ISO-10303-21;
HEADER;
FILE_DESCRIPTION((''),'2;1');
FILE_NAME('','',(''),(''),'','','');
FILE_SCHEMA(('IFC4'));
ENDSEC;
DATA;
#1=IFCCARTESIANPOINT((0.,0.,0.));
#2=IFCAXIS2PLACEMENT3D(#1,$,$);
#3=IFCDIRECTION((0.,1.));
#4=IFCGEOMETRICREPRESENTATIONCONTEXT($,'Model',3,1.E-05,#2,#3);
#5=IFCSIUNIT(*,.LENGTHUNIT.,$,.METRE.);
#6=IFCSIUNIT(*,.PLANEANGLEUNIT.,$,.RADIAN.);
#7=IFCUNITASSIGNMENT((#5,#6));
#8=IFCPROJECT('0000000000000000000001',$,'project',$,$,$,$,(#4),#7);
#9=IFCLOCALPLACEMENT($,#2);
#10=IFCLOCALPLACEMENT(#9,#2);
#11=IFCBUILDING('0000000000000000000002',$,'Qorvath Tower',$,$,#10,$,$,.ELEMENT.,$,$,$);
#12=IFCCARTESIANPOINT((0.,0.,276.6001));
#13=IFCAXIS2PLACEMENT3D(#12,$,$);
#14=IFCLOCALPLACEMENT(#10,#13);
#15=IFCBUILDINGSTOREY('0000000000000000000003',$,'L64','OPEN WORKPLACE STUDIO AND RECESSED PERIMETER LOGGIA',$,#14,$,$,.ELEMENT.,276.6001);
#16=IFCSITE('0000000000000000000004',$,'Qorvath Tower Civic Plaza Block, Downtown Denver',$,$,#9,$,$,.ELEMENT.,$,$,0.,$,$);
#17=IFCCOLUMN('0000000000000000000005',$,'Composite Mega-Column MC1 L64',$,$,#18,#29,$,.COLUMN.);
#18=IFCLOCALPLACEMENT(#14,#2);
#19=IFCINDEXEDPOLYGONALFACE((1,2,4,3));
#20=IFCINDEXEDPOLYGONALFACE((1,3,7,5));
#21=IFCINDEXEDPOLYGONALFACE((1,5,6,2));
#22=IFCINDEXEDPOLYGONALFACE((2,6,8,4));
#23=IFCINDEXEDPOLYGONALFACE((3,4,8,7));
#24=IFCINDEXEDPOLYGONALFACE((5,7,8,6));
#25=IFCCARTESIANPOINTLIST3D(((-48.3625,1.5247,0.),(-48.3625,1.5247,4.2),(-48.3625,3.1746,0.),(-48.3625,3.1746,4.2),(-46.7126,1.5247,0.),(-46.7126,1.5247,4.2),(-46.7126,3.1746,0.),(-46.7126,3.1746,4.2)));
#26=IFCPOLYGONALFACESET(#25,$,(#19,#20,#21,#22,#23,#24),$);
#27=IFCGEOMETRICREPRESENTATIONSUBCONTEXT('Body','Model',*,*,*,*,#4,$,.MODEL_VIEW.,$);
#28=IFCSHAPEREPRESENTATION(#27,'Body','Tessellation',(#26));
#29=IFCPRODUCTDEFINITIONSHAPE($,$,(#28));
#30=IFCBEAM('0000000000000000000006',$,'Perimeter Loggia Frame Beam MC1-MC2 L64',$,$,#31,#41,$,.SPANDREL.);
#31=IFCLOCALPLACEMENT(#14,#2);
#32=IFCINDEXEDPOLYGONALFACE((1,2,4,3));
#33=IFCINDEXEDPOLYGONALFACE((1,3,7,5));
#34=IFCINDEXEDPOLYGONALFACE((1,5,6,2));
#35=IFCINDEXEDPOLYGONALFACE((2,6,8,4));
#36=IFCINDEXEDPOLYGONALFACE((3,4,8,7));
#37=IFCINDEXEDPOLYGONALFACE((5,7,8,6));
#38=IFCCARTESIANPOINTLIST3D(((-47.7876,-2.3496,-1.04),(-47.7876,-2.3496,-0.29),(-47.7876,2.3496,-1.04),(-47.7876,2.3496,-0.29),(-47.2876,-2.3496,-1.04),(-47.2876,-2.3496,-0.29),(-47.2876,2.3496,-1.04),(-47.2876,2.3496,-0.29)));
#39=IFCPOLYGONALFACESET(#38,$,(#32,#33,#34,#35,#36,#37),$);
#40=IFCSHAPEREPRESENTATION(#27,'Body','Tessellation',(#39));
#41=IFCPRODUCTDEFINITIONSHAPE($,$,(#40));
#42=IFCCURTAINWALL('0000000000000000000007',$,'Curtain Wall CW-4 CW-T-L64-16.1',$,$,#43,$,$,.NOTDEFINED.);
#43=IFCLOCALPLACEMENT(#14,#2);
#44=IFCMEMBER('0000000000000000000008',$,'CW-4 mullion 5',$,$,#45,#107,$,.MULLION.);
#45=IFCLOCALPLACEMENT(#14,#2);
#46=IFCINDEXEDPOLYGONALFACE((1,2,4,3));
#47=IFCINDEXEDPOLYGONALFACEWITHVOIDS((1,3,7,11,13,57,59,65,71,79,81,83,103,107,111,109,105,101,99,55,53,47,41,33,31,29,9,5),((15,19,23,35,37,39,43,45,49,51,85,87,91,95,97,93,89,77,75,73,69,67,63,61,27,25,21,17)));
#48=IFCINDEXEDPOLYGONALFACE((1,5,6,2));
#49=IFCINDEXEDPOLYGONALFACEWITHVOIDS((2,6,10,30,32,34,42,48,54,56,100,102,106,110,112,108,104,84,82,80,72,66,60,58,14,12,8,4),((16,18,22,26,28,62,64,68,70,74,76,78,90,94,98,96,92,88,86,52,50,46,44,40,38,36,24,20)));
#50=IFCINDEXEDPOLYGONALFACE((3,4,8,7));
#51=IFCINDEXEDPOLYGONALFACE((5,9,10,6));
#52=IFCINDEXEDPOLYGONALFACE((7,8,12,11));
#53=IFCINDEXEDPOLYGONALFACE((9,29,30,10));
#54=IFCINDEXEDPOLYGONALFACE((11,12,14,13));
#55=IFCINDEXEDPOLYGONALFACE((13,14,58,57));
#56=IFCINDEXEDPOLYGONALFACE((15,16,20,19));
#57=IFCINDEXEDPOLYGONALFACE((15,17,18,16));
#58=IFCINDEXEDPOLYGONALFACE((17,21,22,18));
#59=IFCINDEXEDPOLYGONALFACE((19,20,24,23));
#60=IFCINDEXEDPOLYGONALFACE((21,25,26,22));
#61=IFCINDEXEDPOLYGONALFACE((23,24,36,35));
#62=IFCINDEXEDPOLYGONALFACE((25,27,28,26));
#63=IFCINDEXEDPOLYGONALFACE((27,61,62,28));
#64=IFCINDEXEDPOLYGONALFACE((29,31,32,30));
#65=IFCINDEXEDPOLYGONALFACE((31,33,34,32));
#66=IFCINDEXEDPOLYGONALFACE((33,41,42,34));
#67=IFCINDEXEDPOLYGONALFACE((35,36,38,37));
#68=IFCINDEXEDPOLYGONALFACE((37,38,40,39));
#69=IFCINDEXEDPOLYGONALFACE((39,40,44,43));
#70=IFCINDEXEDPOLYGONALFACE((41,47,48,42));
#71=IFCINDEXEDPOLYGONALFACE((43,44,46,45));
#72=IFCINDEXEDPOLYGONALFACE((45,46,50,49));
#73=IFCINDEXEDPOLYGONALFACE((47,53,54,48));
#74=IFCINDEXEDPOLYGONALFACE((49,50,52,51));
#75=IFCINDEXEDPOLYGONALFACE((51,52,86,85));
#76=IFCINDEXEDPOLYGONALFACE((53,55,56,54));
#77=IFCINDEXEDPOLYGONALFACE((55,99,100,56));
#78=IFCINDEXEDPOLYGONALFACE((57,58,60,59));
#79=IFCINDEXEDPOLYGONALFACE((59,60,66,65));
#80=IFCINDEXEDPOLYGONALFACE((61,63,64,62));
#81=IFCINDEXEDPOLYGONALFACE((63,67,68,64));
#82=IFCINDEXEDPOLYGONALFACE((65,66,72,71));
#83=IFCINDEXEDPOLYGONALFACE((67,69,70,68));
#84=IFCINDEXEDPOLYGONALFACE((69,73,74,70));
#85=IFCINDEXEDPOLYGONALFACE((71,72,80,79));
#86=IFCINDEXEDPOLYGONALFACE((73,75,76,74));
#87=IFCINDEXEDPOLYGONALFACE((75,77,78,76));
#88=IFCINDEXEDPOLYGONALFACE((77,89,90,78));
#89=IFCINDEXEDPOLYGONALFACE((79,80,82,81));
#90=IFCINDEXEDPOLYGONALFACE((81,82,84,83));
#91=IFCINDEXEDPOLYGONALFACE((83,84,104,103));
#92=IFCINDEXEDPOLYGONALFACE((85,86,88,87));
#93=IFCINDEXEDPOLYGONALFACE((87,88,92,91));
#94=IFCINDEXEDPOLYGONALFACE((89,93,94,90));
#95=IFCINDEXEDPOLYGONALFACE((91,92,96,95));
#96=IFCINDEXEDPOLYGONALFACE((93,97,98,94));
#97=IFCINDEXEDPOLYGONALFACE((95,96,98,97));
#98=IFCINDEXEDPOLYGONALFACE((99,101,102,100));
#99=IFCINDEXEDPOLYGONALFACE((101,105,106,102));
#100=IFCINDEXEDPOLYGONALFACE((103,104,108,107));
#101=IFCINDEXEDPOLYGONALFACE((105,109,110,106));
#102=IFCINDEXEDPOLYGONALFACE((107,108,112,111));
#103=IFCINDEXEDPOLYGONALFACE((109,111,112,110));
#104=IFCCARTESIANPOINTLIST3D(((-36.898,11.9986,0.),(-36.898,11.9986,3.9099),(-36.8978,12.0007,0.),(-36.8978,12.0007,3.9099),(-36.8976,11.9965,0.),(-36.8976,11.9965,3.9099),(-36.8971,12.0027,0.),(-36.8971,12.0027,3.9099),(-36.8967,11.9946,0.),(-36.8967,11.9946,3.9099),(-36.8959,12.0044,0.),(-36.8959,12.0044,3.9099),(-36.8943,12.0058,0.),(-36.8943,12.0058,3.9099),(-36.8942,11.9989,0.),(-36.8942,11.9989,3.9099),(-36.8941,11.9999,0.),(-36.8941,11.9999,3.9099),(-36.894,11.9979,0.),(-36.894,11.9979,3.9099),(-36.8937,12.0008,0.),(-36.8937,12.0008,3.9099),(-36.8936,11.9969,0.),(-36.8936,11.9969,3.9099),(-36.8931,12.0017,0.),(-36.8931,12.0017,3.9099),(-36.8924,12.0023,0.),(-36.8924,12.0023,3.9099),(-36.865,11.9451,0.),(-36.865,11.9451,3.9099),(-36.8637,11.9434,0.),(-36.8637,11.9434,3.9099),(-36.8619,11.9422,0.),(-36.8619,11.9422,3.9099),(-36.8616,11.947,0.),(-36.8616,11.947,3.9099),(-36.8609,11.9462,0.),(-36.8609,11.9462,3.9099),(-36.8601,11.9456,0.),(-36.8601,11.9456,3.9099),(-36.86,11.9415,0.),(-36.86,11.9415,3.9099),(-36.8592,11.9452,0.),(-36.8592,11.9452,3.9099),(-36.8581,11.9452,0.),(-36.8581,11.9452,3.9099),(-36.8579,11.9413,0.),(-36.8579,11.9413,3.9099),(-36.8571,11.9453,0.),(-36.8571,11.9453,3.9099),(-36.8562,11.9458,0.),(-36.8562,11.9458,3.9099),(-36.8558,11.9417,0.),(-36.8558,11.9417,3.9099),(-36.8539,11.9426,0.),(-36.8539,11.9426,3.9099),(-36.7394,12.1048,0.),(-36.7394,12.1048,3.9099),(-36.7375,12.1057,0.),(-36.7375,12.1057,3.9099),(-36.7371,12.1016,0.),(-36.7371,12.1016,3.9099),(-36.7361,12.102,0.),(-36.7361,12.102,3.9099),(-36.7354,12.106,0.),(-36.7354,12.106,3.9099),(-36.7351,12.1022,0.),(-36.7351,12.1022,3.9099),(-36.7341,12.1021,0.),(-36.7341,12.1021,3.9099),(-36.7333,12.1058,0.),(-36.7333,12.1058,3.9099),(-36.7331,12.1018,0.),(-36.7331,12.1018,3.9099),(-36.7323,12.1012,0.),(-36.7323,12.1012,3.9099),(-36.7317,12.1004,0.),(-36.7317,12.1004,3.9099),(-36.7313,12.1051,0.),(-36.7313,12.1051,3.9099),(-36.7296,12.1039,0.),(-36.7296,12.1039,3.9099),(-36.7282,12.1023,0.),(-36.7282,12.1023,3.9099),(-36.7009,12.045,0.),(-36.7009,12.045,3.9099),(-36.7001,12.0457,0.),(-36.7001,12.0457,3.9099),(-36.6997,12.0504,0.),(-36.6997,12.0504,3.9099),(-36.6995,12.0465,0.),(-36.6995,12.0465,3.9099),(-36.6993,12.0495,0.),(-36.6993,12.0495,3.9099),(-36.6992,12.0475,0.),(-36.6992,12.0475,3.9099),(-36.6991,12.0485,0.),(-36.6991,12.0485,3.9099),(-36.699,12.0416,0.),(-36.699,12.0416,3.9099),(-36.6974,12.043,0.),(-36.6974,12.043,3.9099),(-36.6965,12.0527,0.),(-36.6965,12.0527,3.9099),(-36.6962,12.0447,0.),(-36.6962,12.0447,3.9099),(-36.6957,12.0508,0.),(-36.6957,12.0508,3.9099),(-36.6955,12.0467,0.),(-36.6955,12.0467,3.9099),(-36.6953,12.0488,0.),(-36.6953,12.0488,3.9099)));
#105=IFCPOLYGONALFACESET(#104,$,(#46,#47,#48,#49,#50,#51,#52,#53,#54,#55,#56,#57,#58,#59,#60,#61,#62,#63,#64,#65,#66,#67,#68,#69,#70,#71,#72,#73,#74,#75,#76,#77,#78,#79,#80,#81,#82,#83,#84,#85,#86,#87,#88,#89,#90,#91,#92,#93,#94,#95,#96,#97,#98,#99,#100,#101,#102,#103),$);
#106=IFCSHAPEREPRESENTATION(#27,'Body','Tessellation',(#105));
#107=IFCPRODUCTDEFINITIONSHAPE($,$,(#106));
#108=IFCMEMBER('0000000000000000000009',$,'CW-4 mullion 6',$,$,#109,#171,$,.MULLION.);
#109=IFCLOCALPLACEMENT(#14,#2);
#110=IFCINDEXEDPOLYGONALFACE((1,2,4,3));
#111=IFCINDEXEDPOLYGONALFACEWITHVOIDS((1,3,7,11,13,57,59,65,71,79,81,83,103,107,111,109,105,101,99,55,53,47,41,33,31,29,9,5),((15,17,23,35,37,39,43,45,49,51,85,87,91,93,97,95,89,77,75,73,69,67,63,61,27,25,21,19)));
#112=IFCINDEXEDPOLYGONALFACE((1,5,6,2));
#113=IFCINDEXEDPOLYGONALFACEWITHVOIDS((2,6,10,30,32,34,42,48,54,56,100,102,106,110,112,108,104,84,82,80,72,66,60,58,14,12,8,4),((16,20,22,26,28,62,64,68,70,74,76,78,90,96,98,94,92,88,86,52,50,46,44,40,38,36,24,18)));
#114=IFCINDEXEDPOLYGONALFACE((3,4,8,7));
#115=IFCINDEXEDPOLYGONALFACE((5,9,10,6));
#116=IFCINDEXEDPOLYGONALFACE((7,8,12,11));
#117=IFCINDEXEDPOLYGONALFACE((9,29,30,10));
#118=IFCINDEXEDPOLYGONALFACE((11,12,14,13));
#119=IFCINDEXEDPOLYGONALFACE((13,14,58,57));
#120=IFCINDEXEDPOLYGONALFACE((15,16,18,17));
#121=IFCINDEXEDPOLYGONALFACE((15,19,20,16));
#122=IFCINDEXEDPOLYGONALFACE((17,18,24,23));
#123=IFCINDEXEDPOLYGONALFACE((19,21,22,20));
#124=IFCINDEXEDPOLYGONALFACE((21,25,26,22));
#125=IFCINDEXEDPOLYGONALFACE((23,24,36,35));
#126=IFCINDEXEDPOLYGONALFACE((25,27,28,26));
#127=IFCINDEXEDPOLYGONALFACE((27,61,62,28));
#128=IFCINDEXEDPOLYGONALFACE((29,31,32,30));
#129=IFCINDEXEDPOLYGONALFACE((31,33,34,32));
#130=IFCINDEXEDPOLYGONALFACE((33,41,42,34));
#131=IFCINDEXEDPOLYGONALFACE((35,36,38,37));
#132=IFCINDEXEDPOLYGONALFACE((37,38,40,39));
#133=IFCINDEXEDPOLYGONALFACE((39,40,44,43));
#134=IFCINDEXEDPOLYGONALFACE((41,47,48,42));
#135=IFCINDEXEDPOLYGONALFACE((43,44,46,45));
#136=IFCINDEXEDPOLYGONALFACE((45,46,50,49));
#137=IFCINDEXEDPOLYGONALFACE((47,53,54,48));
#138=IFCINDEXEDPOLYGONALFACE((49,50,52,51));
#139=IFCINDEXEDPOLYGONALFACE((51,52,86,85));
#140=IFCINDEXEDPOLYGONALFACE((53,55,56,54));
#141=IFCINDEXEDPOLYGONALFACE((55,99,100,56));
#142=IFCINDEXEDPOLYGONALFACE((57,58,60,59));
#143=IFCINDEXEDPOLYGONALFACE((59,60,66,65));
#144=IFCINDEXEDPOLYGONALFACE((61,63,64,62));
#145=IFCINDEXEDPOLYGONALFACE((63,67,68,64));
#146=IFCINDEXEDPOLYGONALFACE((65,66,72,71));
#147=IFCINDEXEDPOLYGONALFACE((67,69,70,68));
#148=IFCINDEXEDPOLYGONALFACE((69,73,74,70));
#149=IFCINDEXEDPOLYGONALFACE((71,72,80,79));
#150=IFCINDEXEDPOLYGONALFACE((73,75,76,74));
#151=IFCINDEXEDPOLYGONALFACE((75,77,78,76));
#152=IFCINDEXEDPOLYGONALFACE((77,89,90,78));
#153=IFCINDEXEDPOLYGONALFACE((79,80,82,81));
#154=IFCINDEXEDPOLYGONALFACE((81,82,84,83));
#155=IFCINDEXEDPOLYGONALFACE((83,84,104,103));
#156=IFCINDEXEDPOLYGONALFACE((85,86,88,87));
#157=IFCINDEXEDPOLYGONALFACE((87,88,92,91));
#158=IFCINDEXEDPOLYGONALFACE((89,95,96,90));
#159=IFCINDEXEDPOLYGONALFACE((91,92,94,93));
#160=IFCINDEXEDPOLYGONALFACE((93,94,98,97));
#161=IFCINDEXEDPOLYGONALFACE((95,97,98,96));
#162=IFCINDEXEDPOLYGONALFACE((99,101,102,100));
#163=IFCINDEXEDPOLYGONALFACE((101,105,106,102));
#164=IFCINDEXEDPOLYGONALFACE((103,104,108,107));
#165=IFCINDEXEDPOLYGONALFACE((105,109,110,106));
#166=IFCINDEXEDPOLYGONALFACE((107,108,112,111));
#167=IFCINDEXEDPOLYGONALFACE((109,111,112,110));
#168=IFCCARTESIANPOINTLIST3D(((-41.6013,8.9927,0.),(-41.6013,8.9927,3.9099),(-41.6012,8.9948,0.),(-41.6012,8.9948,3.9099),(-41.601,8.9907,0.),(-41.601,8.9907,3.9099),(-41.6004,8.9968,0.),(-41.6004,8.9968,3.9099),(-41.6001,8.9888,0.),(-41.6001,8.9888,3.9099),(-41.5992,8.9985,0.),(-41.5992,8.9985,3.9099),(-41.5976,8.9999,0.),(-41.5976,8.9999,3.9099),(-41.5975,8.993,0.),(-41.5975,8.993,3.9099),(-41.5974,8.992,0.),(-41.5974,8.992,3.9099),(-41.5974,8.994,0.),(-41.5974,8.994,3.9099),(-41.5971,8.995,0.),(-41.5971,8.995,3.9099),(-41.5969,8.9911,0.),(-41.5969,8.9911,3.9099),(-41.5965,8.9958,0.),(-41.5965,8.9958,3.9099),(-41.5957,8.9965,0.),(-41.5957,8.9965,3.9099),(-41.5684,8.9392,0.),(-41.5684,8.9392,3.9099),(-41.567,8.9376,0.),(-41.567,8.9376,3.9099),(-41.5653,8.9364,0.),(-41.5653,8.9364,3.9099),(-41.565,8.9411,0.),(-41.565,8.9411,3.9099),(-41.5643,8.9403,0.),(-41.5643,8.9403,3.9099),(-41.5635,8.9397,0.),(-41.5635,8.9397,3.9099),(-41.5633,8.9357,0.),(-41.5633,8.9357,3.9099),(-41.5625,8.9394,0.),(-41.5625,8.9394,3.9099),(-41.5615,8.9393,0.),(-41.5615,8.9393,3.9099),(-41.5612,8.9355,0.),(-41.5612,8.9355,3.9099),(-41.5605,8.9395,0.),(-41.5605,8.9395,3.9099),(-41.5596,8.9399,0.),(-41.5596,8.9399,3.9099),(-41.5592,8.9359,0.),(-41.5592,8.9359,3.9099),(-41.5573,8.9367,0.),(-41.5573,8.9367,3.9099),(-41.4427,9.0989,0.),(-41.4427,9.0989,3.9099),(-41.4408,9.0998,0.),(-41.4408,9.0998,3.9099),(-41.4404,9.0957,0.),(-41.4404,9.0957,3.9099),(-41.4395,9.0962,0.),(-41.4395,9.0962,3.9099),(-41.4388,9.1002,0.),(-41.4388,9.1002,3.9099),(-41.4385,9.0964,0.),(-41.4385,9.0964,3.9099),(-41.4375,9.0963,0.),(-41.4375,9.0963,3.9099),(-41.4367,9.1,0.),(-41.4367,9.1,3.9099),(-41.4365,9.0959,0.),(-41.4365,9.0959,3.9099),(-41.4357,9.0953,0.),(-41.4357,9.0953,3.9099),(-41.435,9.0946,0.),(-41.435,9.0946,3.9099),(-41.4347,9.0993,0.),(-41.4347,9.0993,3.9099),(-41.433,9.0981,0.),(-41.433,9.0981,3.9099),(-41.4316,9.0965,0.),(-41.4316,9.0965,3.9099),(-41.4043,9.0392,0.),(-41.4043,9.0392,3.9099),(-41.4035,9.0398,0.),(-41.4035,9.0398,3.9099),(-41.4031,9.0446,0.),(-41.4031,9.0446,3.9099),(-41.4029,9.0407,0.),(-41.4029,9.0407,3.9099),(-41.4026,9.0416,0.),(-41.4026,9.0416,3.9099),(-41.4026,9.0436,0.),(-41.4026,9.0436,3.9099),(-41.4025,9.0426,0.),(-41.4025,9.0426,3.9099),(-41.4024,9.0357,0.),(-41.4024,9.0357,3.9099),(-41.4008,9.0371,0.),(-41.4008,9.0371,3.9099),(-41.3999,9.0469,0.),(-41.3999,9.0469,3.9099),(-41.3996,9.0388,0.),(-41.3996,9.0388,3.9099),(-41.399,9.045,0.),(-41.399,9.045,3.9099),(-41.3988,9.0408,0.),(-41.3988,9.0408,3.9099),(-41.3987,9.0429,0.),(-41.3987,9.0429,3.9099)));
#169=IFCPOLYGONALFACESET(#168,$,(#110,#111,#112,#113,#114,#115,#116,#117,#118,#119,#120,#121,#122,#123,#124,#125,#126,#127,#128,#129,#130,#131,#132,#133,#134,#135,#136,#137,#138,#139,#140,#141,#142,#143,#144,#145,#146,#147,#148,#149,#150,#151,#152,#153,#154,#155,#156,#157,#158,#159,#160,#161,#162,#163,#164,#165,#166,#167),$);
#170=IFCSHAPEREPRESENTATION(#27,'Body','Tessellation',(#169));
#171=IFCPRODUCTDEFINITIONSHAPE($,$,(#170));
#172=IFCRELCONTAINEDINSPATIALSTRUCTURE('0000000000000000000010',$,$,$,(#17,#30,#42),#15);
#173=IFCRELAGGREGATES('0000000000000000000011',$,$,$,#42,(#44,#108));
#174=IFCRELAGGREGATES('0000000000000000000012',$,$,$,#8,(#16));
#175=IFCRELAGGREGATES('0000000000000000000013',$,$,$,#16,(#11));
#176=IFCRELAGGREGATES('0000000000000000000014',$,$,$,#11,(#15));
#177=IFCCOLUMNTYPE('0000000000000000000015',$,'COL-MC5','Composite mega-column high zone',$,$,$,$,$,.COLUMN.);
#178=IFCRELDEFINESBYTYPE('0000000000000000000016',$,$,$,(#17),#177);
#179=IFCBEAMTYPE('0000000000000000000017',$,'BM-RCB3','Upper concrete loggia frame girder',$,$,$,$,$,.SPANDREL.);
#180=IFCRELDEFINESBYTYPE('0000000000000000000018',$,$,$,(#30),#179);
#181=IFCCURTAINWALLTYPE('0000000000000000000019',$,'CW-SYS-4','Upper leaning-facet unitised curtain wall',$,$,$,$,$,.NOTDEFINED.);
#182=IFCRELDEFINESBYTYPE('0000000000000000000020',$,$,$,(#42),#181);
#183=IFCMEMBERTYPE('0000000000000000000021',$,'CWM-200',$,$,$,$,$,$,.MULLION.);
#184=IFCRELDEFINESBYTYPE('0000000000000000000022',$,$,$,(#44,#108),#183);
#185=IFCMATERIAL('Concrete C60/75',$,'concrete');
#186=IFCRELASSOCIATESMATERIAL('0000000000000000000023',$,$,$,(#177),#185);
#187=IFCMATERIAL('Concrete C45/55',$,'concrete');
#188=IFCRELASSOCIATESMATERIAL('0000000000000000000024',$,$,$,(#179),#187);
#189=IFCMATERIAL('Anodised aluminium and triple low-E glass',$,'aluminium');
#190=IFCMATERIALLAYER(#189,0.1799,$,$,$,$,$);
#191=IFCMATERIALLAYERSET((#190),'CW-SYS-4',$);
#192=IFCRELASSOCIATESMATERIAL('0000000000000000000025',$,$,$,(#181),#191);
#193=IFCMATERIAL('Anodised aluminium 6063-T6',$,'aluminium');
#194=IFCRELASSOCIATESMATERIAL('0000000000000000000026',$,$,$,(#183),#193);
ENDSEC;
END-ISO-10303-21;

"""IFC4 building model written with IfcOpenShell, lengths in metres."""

from ifc_helpers import new_model, si_unit, direction, frame, origin, origin_2d, place, context, subcontext, project, spatial, rectangle, hollow_rectangle, extrude, material, layer, layer_set, material_profile, profile_set, type_object, element, aggregate, save


model = new_model("IFC4")

# Units and contexts
model_context = context("Model", 3, precision=1e-05, world=origin(), true_north=direction((0.0, 1.0)))
body_context = subcontext(model_context, "Body", "Model", "MODEL_VIEW")
ifc_project = project(units=[si_unit("LENGTHUNIT", "METRE"), si_unit("PLANEANGLEUNIT", "RADIAN")], contexts=[model_context])

# Site, building, storey
site_placement = place(None, origin())
site = spatial("IfcSite", under=ifc_project, at=site_placement, Name="Qorvath Tower Civic Plaza Block, Downtown Denver", CompositionType="ELEMENT", RefElevation=0.0)
building_placement = place(site_placement, origin())
building = spatial("IfcBuilding", under=site, at=building_placement, Name="Qorvath Tower", CompositionType="ELEMENT")
storey_placement = place(building_placement, frame((0.0, 0.0, 276.6001)))
storey = spatial("IfcBuildingStorey", under=building, at=storey_placement, Name="L64", Description="OPEN WORKPLACE STUDIO AND RECESSED PERIMETER LOGGIA", CompositionType="ELEMENT", Elevation=276.6001)

# Column
ifc_material_1 = material(Name="Concrete C60/75", Category="concrete")
ifc_material_profile_1 = material_profile(ifc_material_1, rectangle(XDim=1.6499, YDim=1.6499, at=origin_2d()), Name="MC 1650x1650")
ifc_profile_set_1 = profile_set([ifc_material_profile_1], Name="Concrete C60/75")
column_type = type_object("IfcColumnType", Name="COL-MC5", Description="Composite mega-column high zone", PredefinedType="COLUMN", material=ifc_profile_set_1)
column_placement = place(storey_placement, frame((-47.5376, 2.3496, 0.0), z_axis=(0.0, 0.0, 1.0), x_axis=(1.0, 0.0, 0.0)))
element("IfcColumn", 1, at=column_placement, inside=storey, type_object=column_type, Name="Composite Mega-Column MC1 L64", PredefinedType="COLUMN", context=body_context, shape_type="SweptSolid", body=[
    extrude(rectangle(XDim=1.6499, YDim=1.6499, at=origin_2d()), origin(), (0.0, 0.0, 1.0), 4.2),
])

# Beam
ifc_material_2 = material(Name="Concrete C45/55", Category="concrete")
ifc_material_profile_2 = material_profile(ifc_material_2, rectangle(XDim=0.5, YDim=0.75, at=origin_2d()), Name="RCB 750x500")
ifc_profile_set_2 = profile_set([ifc_material_profile_2], Name="Concrete C45/55")
beam_type = type_object("IfcBeamType", Name="BM-RCB3", Description="Upper concrete loggia frame girder", PredefinedType="SPANDREL", material=ifc_profile_set_2)
beam_placement = place(storey_placement, frame((-47.5376, 2.3496, -0.665), z_axis=(0.0, -1.0, 0.0), x_axis=(1.0, 0.0, 0.0)))
element("IfcBeam", 2, at=beam_placement, inside=storey, type_object=beam_type, Name="Perimeter Loggia Frame Beam MC1-MC2 L64", PredefinedType="SPANDREL", context=body_context, shape_type="SweptSolid", body=[
    extrude(rectangle(XDim=0.5, YDim=0.75, at=origin_2d()), origin(), (0.0, 0.0, 1.0), 4.6992),
])

# Curtain wall, members
ifc_material_3 = material(Name="Anodised aluminium and triple low-E glass", Category="aluminium")
ifc_layer_1 = layer(ifc_material_3, 0.1799)
ifc_layer_set_1 = layer_set([ifc_layer_1], Name="CW-SYS-4")
curtain_wall_type = type_object("IfcCurtainWallType", Name="CW-SYS-4", Description="Upper leaning-facet unitised curtain wall", PredefinedType="NOTDEFINED", material=ifc_layer_set_1)
curtain_wall_placement = place(storey_placement, origin())
curtain_wall = element("IfcCurtainWall", 3, at=curtain_wall_placement, inside=storey, type_object=curtain_wall_type, Name="Curtain Wall CW-4 CW-T-L64-16.1", PredefinedType="NOTDEFINED")
ifc_material_4 = material(Name="Anodised aluminium 6063-T6", Category="aluminium")
ifc_material_profile_3 = material_profile(ifc_material_4, hollow_rectangle(XDim=0.075, YDim=0.2, WallThickness=0.0039, InnerFilletRadius=0.0039, OuterFilletRadius=0.0081, at=origin_2d()), Name="CWM 200x75")
ifc_profile_set_3 = profile_set([ifc_material_profile_3], Name="Anodised aluminium 6063-T6")
member_type_1 = type_object("IfcMemberType", Name="CWM-200", PredefinedType="MULLION", material=ifc_profile_set_3)
member_1_placement = place(storey_placement, frame((-36.7966, 12.0237, 0.0), z_axis=(0.0, 0.0, 1.0), x_axis=(0.538534, -0.842604, 0.0)))
member_1 = element("IfcMember", 4, at=member_1_placement, type_object=member_type_1, Name="CW-4 mullion 5", PredefinedType="MULLION", context=body_context, shape_type="SweptSolid", body=[
    extrude(hollow_rectangle(XDim=0.075, YDim=0.2, WallThickness=0.0039, InnerFilletRadius=0.0039, OuterFilletRadius=0.0081, at=origin_2d()), origin(), (0.0, 0.0, 1.0), 3.9099),
])
member_2_placement = place(storey_placement, frame((-41.5, 9.0178, 0.0), z_axis=(0.0, 0.0, 1.0), x_axis=(0.538534, -0.842604, 0.0)))
member_2 = element("IfcMember", 5, at=member_2_placement, type_object=member_type_1, Name="CW-4 mullion 6", PredefinedType="MULLION", context=body_context, shape_type="SweptSolid", body=[
    extrude(hollow_rectangle(XDim=0.075, YDim=0.2, WallThickness=0.0039, InnerFilletRadius=0.0039, OuterFilletRadius=0.0081, at=origin_2d()), origin(), (0.0, 0.0, 1.0), 3.9099),
])

aggregate(curtain_wall, [member_1, member_2])

save(model, "model.ifc")
